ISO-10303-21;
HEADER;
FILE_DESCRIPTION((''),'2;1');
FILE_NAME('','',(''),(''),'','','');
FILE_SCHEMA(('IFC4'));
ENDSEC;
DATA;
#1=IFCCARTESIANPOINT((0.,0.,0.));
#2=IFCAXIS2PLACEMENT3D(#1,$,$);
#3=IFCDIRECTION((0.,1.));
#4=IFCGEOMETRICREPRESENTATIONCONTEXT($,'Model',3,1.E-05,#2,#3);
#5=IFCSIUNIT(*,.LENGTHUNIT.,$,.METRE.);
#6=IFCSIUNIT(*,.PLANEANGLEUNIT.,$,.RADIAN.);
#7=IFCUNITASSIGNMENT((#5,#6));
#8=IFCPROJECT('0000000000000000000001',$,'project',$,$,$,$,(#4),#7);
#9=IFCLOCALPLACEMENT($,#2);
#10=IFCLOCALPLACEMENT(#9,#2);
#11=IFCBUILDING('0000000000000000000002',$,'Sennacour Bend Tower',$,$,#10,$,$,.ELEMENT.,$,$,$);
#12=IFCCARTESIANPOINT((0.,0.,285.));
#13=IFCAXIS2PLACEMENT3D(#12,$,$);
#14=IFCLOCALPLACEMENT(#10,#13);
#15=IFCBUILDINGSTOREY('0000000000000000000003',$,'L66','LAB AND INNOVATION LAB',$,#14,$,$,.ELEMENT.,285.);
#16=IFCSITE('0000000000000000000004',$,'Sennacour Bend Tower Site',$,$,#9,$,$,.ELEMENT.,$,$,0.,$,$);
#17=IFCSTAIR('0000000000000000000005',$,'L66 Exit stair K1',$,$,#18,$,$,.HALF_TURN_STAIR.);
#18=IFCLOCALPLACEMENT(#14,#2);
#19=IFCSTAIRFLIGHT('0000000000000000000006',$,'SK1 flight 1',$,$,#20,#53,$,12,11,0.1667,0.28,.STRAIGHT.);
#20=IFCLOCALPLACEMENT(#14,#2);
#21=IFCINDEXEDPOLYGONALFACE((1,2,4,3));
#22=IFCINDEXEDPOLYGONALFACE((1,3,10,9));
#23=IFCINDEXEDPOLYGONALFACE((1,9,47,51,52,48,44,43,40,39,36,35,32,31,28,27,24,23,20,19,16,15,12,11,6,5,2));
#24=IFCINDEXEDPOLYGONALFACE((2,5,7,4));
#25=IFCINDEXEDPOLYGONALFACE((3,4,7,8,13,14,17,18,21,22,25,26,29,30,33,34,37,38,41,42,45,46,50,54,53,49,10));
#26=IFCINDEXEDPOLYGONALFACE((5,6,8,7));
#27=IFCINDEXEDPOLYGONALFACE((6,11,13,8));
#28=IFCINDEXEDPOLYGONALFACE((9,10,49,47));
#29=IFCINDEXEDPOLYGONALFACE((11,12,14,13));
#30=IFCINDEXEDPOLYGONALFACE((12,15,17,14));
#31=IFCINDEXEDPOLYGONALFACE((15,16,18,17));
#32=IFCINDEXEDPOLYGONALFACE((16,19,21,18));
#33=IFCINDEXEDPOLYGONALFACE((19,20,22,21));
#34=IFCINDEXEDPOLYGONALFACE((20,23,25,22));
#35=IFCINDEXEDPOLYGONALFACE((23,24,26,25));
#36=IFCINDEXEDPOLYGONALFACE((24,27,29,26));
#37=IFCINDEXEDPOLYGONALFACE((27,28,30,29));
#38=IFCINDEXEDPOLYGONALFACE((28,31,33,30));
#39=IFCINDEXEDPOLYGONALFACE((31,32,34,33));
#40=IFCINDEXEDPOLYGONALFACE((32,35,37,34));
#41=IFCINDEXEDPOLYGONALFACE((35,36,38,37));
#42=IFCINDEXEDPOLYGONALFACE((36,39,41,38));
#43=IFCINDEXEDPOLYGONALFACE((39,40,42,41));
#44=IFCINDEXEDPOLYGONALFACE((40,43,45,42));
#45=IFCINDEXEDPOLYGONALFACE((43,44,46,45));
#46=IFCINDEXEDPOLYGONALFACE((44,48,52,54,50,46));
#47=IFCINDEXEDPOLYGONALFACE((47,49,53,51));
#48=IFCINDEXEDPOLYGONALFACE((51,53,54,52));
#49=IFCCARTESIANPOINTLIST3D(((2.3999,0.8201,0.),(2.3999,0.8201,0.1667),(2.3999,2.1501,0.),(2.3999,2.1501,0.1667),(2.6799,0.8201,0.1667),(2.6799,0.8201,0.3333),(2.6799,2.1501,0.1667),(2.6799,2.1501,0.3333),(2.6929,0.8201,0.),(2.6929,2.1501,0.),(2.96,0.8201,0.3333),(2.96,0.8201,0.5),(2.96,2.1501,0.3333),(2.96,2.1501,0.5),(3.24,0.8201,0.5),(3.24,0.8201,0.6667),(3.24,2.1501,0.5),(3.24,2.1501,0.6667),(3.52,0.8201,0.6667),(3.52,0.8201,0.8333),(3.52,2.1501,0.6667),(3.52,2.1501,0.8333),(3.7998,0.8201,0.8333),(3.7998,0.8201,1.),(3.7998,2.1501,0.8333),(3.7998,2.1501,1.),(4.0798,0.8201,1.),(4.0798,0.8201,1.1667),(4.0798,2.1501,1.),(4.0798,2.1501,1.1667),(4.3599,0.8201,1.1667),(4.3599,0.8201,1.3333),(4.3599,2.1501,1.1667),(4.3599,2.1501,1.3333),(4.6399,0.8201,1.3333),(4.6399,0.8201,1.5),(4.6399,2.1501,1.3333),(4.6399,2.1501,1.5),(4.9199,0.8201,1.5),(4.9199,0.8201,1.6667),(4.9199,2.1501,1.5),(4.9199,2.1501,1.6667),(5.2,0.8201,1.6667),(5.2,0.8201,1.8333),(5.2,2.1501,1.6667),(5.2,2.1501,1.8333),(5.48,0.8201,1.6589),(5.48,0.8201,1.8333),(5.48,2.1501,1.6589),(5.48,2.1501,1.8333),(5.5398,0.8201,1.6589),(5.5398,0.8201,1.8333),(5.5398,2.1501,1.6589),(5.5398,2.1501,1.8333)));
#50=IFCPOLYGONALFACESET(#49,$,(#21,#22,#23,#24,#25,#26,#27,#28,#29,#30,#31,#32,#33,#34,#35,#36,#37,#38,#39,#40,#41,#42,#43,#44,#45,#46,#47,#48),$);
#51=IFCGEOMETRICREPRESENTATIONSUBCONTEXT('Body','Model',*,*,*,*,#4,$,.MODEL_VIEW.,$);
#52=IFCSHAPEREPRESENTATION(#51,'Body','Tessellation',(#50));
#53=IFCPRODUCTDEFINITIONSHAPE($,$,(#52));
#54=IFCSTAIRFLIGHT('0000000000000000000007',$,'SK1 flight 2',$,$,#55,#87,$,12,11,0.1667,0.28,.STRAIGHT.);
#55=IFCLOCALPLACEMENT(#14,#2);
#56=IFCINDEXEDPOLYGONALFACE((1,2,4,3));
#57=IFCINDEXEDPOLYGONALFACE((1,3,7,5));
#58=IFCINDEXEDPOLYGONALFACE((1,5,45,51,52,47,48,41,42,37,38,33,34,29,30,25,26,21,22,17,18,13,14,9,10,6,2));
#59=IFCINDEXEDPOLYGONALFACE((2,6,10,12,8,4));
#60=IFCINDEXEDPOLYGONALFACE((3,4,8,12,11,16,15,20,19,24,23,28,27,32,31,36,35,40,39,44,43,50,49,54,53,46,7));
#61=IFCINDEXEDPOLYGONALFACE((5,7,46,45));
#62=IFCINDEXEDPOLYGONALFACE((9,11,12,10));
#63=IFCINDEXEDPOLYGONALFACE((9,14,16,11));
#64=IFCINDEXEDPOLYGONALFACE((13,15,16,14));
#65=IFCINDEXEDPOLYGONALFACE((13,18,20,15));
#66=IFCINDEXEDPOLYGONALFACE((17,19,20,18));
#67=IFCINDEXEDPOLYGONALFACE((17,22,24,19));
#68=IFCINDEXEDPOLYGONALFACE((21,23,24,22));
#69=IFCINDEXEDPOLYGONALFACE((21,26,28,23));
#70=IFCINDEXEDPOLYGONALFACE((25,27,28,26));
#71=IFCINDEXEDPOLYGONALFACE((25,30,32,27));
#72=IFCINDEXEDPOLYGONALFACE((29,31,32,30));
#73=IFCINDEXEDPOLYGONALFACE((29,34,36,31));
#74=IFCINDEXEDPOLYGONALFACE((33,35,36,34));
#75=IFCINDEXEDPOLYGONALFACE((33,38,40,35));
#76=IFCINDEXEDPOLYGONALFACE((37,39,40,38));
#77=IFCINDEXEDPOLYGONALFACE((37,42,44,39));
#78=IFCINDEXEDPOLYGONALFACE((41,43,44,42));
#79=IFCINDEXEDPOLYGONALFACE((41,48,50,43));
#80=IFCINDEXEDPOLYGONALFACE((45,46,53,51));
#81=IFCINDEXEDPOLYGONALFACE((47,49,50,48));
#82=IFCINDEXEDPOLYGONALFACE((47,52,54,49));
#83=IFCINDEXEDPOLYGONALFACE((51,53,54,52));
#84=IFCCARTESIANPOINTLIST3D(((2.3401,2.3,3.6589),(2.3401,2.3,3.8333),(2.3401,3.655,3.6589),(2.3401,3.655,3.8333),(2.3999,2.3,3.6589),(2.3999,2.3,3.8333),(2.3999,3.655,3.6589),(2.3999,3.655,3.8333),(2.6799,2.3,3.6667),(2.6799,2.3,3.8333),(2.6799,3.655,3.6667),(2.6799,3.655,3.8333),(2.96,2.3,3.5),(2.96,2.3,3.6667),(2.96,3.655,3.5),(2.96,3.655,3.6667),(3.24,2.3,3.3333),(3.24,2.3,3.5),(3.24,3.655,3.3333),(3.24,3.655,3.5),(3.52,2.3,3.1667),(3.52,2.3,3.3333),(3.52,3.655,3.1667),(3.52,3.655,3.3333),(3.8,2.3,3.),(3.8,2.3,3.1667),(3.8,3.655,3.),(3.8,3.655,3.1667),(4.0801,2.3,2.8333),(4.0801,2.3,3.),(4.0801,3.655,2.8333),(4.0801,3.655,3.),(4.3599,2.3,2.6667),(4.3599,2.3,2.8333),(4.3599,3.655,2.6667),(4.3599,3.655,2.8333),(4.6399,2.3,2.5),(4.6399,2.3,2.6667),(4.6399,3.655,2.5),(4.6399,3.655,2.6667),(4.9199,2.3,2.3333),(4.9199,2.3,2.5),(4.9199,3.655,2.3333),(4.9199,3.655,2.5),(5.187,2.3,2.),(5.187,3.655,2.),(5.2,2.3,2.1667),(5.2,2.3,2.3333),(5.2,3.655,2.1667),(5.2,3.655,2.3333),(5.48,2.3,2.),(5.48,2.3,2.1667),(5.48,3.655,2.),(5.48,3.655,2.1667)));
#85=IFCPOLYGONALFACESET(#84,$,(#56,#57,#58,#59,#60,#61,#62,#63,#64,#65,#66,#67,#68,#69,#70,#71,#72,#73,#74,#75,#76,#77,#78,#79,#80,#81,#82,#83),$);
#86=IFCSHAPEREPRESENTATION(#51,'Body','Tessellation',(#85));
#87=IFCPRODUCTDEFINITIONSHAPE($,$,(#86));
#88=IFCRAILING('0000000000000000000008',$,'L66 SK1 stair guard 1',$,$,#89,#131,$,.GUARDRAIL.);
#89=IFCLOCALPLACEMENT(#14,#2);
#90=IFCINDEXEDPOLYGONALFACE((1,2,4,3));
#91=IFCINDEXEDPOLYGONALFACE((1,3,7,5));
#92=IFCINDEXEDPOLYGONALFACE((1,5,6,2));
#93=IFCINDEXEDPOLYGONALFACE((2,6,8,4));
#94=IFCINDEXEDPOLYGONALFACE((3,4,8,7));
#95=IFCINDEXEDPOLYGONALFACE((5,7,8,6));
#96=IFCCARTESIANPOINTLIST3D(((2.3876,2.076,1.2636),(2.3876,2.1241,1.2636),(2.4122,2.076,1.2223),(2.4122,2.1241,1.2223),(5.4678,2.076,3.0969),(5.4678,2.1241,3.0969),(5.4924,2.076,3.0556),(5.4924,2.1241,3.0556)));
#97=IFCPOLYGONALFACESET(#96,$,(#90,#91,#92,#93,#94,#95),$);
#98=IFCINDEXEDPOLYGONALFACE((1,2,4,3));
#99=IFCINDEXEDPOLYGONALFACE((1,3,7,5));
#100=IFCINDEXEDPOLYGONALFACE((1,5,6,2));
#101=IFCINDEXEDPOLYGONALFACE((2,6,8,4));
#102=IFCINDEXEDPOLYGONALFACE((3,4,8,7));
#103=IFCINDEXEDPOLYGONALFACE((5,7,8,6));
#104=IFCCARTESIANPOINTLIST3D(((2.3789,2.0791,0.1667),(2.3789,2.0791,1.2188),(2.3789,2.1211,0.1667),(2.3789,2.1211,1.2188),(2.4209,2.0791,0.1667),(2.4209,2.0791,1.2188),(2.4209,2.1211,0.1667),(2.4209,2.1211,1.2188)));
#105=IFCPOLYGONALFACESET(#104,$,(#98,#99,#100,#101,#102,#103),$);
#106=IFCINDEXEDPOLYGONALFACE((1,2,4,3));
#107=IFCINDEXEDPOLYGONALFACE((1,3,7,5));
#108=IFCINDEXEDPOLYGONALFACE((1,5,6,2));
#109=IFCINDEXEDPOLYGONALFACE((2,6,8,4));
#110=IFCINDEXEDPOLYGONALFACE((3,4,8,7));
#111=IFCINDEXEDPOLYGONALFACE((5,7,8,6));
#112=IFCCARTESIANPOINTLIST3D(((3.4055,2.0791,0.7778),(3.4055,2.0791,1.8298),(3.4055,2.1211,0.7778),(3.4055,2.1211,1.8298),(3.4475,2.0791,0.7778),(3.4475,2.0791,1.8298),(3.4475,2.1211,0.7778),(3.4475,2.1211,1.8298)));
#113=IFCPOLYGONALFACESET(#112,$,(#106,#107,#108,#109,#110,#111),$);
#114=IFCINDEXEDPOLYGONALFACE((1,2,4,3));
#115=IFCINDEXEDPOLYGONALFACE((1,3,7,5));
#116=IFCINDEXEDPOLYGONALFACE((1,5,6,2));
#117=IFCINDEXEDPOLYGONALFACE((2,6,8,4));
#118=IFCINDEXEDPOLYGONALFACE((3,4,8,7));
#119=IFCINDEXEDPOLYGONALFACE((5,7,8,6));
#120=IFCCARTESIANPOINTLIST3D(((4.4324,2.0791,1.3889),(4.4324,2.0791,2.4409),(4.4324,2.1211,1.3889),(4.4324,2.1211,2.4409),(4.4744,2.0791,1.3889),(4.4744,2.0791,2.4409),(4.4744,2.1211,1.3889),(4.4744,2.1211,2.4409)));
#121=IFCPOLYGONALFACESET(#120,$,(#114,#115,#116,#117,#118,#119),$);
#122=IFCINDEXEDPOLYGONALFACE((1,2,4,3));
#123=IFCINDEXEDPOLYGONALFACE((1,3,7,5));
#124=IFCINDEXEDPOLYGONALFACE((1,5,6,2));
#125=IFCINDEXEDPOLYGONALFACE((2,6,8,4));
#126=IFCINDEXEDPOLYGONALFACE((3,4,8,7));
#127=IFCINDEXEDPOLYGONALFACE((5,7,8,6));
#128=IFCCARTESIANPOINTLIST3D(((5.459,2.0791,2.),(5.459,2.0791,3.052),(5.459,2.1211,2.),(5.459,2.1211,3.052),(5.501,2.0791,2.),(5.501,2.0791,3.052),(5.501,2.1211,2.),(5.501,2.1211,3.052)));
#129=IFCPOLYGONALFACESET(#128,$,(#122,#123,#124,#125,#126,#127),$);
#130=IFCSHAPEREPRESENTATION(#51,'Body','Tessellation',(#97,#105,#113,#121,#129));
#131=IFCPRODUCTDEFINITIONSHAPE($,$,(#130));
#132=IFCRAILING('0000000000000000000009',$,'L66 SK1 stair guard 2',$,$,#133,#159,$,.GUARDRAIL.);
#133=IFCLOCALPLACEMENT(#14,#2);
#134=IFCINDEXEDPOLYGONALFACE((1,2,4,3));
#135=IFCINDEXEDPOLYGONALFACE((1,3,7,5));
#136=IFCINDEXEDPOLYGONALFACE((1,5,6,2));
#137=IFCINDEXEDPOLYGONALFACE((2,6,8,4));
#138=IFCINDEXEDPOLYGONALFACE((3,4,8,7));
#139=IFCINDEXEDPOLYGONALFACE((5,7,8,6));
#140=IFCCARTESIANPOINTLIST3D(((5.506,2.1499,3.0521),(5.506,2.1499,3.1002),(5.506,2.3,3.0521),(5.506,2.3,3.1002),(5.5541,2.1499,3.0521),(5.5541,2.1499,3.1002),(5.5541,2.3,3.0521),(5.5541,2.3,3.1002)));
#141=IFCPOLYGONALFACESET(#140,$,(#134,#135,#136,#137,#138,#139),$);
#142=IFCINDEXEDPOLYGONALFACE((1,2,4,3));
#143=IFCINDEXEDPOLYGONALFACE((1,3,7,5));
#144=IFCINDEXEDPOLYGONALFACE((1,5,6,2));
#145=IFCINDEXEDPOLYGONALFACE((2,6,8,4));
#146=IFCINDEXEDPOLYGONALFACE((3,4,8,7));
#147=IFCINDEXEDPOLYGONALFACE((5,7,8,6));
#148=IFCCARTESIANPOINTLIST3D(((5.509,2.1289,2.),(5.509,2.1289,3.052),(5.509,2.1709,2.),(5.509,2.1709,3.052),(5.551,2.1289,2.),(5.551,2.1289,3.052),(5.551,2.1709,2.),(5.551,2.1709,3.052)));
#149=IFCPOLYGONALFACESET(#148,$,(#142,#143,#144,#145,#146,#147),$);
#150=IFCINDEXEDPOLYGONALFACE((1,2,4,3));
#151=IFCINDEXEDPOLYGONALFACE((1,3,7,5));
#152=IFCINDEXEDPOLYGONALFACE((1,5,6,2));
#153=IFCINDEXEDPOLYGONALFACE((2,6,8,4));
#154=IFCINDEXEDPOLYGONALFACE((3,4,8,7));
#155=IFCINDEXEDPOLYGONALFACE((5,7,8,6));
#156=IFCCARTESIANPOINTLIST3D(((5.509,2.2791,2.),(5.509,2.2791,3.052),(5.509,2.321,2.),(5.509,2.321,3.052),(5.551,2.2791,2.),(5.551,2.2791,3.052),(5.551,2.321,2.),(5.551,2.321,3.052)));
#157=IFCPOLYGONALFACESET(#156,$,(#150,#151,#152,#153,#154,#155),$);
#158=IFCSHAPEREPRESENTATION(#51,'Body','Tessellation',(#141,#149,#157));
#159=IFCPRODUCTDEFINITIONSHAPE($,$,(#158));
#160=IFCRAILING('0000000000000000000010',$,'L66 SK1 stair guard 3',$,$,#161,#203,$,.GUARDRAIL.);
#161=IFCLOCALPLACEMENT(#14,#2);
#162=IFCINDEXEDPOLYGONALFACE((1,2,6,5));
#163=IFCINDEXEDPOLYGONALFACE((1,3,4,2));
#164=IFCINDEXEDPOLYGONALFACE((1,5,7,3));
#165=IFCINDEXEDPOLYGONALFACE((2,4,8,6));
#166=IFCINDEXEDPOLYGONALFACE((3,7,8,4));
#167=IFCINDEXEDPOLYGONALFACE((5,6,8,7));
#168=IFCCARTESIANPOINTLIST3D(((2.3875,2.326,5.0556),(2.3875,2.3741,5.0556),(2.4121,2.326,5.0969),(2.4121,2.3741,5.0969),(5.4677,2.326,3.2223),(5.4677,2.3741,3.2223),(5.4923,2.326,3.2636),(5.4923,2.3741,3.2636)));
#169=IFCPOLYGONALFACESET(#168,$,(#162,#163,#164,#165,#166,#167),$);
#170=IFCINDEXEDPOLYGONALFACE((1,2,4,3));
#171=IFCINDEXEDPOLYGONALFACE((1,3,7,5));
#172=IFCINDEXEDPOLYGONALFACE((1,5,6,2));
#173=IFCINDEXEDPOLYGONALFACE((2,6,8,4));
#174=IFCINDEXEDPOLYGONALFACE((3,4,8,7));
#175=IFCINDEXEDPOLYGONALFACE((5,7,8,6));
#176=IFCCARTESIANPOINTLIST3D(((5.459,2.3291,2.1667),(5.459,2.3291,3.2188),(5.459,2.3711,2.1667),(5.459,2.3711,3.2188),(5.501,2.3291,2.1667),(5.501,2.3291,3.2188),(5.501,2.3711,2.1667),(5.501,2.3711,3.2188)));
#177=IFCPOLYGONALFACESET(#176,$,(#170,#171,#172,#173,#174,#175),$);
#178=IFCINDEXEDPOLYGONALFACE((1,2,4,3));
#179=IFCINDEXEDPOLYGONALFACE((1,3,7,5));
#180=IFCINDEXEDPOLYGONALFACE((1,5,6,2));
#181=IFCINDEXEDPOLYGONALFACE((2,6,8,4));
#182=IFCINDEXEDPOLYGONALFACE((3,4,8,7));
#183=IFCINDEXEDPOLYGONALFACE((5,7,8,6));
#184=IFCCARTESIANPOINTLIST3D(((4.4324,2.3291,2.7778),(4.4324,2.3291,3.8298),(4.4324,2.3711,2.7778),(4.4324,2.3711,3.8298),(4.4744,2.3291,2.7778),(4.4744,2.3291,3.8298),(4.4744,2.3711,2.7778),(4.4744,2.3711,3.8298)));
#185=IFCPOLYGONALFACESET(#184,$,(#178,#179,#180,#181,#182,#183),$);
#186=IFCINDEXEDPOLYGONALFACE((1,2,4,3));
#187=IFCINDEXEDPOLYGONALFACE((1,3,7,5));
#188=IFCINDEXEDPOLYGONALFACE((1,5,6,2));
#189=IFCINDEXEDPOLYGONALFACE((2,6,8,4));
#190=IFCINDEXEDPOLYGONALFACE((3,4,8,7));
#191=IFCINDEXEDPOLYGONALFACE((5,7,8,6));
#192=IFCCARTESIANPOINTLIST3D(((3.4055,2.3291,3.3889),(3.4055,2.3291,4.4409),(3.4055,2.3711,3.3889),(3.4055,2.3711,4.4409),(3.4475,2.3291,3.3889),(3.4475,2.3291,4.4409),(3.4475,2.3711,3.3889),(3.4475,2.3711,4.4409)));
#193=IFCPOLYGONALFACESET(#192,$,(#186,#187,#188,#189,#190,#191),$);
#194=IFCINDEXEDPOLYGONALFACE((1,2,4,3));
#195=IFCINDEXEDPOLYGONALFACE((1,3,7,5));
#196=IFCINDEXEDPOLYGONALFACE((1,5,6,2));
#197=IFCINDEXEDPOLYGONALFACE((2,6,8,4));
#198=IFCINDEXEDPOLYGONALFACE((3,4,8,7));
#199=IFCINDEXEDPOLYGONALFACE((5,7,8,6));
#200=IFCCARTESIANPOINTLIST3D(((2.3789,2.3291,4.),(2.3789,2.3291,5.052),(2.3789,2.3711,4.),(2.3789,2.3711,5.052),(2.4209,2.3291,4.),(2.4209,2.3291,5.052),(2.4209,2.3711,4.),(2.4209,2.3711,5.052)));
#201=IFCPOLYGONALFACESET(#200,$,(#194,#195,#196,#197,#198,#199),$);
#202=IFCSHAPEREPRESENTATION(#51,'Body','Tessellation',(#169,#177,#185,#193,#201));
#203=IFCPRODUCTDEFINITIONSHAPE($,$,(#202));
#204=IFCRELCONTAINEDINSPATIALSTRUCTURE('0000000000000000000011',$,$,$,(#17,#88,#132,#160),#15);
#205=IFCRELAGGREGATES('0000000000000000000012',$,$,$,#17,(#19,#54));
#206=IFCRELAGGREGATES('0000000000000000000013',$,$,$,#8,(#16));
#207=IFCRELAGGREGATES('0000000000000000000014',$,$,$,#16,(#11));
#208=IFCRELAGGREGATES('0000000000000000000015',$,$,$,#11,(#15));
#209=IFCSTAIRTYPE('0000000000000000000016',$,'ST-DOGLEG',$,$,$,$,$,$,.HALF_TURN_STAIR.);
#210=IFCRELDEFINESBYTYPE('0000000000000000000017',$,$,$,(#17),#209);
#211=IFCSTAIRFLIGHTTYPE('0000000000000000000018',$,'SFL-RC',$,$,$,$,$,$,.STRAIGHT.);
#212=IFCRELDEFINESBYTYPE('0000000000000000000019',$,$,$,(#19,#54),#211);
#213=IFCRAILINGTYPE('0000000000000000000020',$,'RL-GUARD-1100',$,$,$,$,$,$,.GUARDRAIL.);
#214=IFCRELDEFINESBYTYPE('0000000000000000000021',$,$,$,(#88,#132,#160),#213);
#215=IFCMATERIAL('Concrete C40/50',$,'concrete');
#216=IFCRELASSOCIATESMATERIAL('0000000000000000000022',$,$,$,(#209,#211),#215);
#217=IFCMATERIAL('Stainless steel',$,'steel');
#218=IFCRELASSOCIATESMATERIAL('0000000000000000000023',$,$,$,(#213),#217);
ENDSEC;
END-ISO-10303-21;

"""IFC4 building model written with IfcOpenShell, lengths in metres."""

from ifc_helpers import new_model, si_unit, direction, frame, origin, origin_2d, place, context, subcontext, project, spatial, polyline, rectangle, outline, extrude, material, type_object, element, aggregate, save


model = new_model("IFC4")

# Units and contexts
model_context = context("Model", 3, precision=1e-05, world=origin(), true_north=direction((0.0, 1.0)))
body_context = subcontext(model_context, "Body", "Model", "MODEL_VIEW")
ifc_project = project(units=[si_unit("LENGTHUNIT", "METRE"), si_unit("PLANEANGLEUNIT", "RADIAN")], contexts=[model_context])

# Site, building, storey
site_placement = place(None, origin())
site = spatial("IfcSite", under=ifc_project, at=site_placement, Name="Sennacour Bend Tower Site", CompositionType="ELEMENT", RefElevation=0.0)
building_placement = place(site_placement, origin())
building = spatial("IfcBuilding", under=site, at=building_placement, Name="Sennacour Bend Tower", CompositionType="ELEMENT")
storey_placement = place(building_placement, frame((0.0, 0.0, 285.0)))
storey = spatial("IfcBuildingStorey", under=building, at=storey_placement, Name="L66", Description="LAB AND INNOVATION LAB", CompositionType="ELEMENT", Elevation=285.0)

# Shared definitions
ifc_material_1 = material(Name="Concrete C40/50", Category="concrete")

# Stair
stair_type = type_object("IfcStairType", Name="ST-DOGLEG", PredefinedType="HALF_TURN_STAIR", material=ifc_material_1)
stair_1_placement = place(storey_placement, origin())
stair_1 = element("IfcStair", 1, at=stair_1_placement, inside=storey, type_object=stair_type, Name="L66 Exit stair K1", PredefinedType="HALF_TURN_STAIR")

# Stair flights
stair_flight_type = type_object("IfcStairFlightType", Name="SFL-RC", PredefinedType="STRAIGHT", material=ifc_material_1)
stair_flight_1_placement = place(storey_placement, frame((2.3999, 1.4851, 0.0), z_axis=(0.0, 0.0, 1.0), x_axis=(1.0, 0.0, 0.0)))
stair_flight_1 = element("IfcStairFlight", 2, at=stair_flight_1_placement, type_object=stair_flight_type, Name="SK1 flight 1", NumberOfRisers=12, NumberOfTreads=11, PredefinedType="STRAIGHT", RiserHeight=0.1667, TreadLength=0.28, context=body_context, shape_type="SweptSolid", body=[
    extrude(outline(polyline([(0.0, 0.0), (0.0, 0.1667), (0.28, 0.1667), (0.28, 0.3333), (0.5601, 0.3333), (0.5601, 0.5), (0.8401, 0.5), (0.8401, 0.6667), (1.1201, 0.6667), (1.1201, 0.8333), (1.3999, 0.8333), (1.3999, 1.0), (1.6799, 1.0), (1.6799, 1.1667), (1.96, 1.1667), (1.96, 1.3333), (2.24, 1.3333), (2.24, 1.5), (2.52, 1.5), (2.52, 1.6667), (2.8, 1.6667), (2.8, 1.8333), (3.0801, 1.8333), (3.1399, 1.8333), (3.1399, 1.6589), (3.0801, 1.6589), (0.293, 0.0), (0.0, 0.0)])), frame((0.0, 0.665, 0.0), z_axis=(0.0, -1.0, 0.0), x_axis=(1.0, 0.0, 0.0)), (0.0, 0.0, 1.0), 1.3301),
])
stair_flight_2_placement = place(storey_placement, frame((5.48, 2.9775, 2.0), z_axis=(0.0, 0.0, 1.0), x_axis=(-1.0, 0.0, 0.0)))
stair_flight_2 = element("IfcStairFlight", 3, at=stair_flight_2_placement, type_object=stair_flight_type, Name="SK1 flight 2", NumberOfRisers=12, NumberOfTreads=11, PredefinedType="STRAIGHT", RiserHeight=0.1667, TreadLength=0.28, context=body_context, shape_type="SweptSolid", body=[
    extrude(outline(polyline([(0.0, 0.0), (0.0, 0.1667), (0.28, 0.1667), (0.28, 0.3333), (0.5601, 0.3333), (0.5601, 0.5), (0.8401, 0.5), (0.8401, 0.6667), (1.1201, 0.6667), (1.1201, 0.8333), (1.3999, 0.8333), (1.3999, 1.0), (1.6799, 1.0), (1.6799, 1.1667), (1.96, 1.1667), (1.96, 1.3333), (2.24, 1.3333), (2.24, 1.5), (2.52, 1.5), (2.52, 1.6667), (2.8, 1.6667), (2.8, 1.8333), (3.0801, 1.8333), (3.1399, 1.8333), (3.1399, 1.6589), (3.0801, 1.6589), (0.293, 0.0), (0.0, 0.0)])), frame((0.0, 0.6775, 0.0), z_axis=(0.0, -1.0, 0.0), x_axis=(1.0, 0.0, 0.0)), (0.0, 0.0, 1.0), 1.355),
])
aggregate(stair_1, [stair_flight_1, stair_flight_2])

# Railings
ifc_material_2 = material(Name="Stainless steel", Category="steel")
railing_type_1 = type_object("IfcRailingType", Name="RL-GUARD-1100", PredefinedType="GUARDRAIL", material=ifc_material_2)
railing_1_placement = place(storey_placement, frame((2.3999, 2.1001, 0.1667)))
element("IfcRailing", 4, at=railing_1_placement, inside=storey, type_object=railing_type_1, Name="L66 SK1 stair guard 1", PredefinedType="GUARDRAIL", context=body_context, shape_type="SweptSolid", body=[
    extrude(rectangle(XDim=0.0481, YDim=0.0481, at=origin_2d()), frame((0.0, 0.0, 1.0762), z_axis=(0.859309, 0.0, 0.511458), x_axis=(0.0, 1.0, 0.0)), (0.0, 0.0, 1.0), 3.5845),
    extrude(rectangle(XDim=0.042, YDim=0.042, at=origin_2d()), origin(), (0.0, 0.0, 1.0), 1.052),
    extrude(rectangle(XDim=0.042, YDim=0.042, at=origin_2d()), frame((1.0266, 0.0, 0.6111)), (0.0, 0.0, 1.0), 1.052),
    extrude(rectangle(XDim=0.042, YDim=0.042, at=origin_2d()), frame((2.0535, 0.0, 1.2222)), (0.0, 0.0, 1.0), 1.052),
    extrude(rectangle(XDim=0.042, YDim=0.042, at=origin_2d()), frame((3.0801, 0.0, 1.8333)), (0.0, 0.0, 1.0), 1.052),
])
railing_2_placement = place(storey_placement, frame((5.53, 2.1499, 2.0)))
element("IfcRailing", 5, at=railing_2_placement, inside=storey, type_object=railing_type_1, Name="L66 SK1 stair guard 2", PredefinedType="GUARDRAIL", context=body_context, shape_type="SweptSolid", body=[
    extrude(rectangle(XDim=0.0481, YDim=0.0481, at=origin_2d()), frame((0.0, 0.0, 1.0762), z_axis=(0.0, 1.0, 0.0), x_axis=(-1.0, 0.0, 0.0)), (0.0, 0.0, 1.0), 0.1501),
    extrude(rectangle(XDim=0.042, YDim=0.042, at=origin_2d()), origin(), (0.0, 0.0, 1.0), 1.052),
    extrude(rectangle(XDim=0.042, YDim=0.042, at=origin_2d()), frame((0.0, 0.1501, 0.0)), (0.0, 0.0, 1.0), 1.052),
])
railing_3_placement = place(storey_placement, frame((5.48, 2.3501, 2.1667)))
element("IfcRailing", 6, at=railing_3_placement, inside=storey, type_object=railing_type_1, Name="L66 SK1 stair guard 3", PredefinedType="GUARDRAIL", context=body_context, shape_type="SweptSolid", body=[
    extrude(rectangle(XDim=0.0481, YDim=0.0481, at=origin_2d()), frame((0.0, 0.0, 1.0762), z_axis=(-0.859309, 0.0, 0.511458), x_axis=(0.0, -1.0, 0.0)), (0.0, 0.0, 1.0), 3.5845),
    extrude(rectangle(XDim=0.042, YDim=0.042, at=origin_2d()), origin(), (0.0, 0.0, 1.0), 1.052),
    extrude(rectangle(XDim=0.042, YDim=0.042, at=origin_2d()), frame((-1.0266, 0.0, 0.6111)), (0.0, 0.0, 1.0), 1.052),
    extrude(rectangle(XDim=0.042, YDim=0.042, at=origin_2d()), frame((-2.0535, 0.0, 1.2222)), (0.0, 0.0, 1.0), 1.052),
    extrude(rectangle(XDim=0.042, YDim=0.042, at=origin_2d()), frame((-3.0801, 0.0, 1.8333)), (0.0, 0.0, 1.0), 1.052),
])

save(model, "model.ifc")
